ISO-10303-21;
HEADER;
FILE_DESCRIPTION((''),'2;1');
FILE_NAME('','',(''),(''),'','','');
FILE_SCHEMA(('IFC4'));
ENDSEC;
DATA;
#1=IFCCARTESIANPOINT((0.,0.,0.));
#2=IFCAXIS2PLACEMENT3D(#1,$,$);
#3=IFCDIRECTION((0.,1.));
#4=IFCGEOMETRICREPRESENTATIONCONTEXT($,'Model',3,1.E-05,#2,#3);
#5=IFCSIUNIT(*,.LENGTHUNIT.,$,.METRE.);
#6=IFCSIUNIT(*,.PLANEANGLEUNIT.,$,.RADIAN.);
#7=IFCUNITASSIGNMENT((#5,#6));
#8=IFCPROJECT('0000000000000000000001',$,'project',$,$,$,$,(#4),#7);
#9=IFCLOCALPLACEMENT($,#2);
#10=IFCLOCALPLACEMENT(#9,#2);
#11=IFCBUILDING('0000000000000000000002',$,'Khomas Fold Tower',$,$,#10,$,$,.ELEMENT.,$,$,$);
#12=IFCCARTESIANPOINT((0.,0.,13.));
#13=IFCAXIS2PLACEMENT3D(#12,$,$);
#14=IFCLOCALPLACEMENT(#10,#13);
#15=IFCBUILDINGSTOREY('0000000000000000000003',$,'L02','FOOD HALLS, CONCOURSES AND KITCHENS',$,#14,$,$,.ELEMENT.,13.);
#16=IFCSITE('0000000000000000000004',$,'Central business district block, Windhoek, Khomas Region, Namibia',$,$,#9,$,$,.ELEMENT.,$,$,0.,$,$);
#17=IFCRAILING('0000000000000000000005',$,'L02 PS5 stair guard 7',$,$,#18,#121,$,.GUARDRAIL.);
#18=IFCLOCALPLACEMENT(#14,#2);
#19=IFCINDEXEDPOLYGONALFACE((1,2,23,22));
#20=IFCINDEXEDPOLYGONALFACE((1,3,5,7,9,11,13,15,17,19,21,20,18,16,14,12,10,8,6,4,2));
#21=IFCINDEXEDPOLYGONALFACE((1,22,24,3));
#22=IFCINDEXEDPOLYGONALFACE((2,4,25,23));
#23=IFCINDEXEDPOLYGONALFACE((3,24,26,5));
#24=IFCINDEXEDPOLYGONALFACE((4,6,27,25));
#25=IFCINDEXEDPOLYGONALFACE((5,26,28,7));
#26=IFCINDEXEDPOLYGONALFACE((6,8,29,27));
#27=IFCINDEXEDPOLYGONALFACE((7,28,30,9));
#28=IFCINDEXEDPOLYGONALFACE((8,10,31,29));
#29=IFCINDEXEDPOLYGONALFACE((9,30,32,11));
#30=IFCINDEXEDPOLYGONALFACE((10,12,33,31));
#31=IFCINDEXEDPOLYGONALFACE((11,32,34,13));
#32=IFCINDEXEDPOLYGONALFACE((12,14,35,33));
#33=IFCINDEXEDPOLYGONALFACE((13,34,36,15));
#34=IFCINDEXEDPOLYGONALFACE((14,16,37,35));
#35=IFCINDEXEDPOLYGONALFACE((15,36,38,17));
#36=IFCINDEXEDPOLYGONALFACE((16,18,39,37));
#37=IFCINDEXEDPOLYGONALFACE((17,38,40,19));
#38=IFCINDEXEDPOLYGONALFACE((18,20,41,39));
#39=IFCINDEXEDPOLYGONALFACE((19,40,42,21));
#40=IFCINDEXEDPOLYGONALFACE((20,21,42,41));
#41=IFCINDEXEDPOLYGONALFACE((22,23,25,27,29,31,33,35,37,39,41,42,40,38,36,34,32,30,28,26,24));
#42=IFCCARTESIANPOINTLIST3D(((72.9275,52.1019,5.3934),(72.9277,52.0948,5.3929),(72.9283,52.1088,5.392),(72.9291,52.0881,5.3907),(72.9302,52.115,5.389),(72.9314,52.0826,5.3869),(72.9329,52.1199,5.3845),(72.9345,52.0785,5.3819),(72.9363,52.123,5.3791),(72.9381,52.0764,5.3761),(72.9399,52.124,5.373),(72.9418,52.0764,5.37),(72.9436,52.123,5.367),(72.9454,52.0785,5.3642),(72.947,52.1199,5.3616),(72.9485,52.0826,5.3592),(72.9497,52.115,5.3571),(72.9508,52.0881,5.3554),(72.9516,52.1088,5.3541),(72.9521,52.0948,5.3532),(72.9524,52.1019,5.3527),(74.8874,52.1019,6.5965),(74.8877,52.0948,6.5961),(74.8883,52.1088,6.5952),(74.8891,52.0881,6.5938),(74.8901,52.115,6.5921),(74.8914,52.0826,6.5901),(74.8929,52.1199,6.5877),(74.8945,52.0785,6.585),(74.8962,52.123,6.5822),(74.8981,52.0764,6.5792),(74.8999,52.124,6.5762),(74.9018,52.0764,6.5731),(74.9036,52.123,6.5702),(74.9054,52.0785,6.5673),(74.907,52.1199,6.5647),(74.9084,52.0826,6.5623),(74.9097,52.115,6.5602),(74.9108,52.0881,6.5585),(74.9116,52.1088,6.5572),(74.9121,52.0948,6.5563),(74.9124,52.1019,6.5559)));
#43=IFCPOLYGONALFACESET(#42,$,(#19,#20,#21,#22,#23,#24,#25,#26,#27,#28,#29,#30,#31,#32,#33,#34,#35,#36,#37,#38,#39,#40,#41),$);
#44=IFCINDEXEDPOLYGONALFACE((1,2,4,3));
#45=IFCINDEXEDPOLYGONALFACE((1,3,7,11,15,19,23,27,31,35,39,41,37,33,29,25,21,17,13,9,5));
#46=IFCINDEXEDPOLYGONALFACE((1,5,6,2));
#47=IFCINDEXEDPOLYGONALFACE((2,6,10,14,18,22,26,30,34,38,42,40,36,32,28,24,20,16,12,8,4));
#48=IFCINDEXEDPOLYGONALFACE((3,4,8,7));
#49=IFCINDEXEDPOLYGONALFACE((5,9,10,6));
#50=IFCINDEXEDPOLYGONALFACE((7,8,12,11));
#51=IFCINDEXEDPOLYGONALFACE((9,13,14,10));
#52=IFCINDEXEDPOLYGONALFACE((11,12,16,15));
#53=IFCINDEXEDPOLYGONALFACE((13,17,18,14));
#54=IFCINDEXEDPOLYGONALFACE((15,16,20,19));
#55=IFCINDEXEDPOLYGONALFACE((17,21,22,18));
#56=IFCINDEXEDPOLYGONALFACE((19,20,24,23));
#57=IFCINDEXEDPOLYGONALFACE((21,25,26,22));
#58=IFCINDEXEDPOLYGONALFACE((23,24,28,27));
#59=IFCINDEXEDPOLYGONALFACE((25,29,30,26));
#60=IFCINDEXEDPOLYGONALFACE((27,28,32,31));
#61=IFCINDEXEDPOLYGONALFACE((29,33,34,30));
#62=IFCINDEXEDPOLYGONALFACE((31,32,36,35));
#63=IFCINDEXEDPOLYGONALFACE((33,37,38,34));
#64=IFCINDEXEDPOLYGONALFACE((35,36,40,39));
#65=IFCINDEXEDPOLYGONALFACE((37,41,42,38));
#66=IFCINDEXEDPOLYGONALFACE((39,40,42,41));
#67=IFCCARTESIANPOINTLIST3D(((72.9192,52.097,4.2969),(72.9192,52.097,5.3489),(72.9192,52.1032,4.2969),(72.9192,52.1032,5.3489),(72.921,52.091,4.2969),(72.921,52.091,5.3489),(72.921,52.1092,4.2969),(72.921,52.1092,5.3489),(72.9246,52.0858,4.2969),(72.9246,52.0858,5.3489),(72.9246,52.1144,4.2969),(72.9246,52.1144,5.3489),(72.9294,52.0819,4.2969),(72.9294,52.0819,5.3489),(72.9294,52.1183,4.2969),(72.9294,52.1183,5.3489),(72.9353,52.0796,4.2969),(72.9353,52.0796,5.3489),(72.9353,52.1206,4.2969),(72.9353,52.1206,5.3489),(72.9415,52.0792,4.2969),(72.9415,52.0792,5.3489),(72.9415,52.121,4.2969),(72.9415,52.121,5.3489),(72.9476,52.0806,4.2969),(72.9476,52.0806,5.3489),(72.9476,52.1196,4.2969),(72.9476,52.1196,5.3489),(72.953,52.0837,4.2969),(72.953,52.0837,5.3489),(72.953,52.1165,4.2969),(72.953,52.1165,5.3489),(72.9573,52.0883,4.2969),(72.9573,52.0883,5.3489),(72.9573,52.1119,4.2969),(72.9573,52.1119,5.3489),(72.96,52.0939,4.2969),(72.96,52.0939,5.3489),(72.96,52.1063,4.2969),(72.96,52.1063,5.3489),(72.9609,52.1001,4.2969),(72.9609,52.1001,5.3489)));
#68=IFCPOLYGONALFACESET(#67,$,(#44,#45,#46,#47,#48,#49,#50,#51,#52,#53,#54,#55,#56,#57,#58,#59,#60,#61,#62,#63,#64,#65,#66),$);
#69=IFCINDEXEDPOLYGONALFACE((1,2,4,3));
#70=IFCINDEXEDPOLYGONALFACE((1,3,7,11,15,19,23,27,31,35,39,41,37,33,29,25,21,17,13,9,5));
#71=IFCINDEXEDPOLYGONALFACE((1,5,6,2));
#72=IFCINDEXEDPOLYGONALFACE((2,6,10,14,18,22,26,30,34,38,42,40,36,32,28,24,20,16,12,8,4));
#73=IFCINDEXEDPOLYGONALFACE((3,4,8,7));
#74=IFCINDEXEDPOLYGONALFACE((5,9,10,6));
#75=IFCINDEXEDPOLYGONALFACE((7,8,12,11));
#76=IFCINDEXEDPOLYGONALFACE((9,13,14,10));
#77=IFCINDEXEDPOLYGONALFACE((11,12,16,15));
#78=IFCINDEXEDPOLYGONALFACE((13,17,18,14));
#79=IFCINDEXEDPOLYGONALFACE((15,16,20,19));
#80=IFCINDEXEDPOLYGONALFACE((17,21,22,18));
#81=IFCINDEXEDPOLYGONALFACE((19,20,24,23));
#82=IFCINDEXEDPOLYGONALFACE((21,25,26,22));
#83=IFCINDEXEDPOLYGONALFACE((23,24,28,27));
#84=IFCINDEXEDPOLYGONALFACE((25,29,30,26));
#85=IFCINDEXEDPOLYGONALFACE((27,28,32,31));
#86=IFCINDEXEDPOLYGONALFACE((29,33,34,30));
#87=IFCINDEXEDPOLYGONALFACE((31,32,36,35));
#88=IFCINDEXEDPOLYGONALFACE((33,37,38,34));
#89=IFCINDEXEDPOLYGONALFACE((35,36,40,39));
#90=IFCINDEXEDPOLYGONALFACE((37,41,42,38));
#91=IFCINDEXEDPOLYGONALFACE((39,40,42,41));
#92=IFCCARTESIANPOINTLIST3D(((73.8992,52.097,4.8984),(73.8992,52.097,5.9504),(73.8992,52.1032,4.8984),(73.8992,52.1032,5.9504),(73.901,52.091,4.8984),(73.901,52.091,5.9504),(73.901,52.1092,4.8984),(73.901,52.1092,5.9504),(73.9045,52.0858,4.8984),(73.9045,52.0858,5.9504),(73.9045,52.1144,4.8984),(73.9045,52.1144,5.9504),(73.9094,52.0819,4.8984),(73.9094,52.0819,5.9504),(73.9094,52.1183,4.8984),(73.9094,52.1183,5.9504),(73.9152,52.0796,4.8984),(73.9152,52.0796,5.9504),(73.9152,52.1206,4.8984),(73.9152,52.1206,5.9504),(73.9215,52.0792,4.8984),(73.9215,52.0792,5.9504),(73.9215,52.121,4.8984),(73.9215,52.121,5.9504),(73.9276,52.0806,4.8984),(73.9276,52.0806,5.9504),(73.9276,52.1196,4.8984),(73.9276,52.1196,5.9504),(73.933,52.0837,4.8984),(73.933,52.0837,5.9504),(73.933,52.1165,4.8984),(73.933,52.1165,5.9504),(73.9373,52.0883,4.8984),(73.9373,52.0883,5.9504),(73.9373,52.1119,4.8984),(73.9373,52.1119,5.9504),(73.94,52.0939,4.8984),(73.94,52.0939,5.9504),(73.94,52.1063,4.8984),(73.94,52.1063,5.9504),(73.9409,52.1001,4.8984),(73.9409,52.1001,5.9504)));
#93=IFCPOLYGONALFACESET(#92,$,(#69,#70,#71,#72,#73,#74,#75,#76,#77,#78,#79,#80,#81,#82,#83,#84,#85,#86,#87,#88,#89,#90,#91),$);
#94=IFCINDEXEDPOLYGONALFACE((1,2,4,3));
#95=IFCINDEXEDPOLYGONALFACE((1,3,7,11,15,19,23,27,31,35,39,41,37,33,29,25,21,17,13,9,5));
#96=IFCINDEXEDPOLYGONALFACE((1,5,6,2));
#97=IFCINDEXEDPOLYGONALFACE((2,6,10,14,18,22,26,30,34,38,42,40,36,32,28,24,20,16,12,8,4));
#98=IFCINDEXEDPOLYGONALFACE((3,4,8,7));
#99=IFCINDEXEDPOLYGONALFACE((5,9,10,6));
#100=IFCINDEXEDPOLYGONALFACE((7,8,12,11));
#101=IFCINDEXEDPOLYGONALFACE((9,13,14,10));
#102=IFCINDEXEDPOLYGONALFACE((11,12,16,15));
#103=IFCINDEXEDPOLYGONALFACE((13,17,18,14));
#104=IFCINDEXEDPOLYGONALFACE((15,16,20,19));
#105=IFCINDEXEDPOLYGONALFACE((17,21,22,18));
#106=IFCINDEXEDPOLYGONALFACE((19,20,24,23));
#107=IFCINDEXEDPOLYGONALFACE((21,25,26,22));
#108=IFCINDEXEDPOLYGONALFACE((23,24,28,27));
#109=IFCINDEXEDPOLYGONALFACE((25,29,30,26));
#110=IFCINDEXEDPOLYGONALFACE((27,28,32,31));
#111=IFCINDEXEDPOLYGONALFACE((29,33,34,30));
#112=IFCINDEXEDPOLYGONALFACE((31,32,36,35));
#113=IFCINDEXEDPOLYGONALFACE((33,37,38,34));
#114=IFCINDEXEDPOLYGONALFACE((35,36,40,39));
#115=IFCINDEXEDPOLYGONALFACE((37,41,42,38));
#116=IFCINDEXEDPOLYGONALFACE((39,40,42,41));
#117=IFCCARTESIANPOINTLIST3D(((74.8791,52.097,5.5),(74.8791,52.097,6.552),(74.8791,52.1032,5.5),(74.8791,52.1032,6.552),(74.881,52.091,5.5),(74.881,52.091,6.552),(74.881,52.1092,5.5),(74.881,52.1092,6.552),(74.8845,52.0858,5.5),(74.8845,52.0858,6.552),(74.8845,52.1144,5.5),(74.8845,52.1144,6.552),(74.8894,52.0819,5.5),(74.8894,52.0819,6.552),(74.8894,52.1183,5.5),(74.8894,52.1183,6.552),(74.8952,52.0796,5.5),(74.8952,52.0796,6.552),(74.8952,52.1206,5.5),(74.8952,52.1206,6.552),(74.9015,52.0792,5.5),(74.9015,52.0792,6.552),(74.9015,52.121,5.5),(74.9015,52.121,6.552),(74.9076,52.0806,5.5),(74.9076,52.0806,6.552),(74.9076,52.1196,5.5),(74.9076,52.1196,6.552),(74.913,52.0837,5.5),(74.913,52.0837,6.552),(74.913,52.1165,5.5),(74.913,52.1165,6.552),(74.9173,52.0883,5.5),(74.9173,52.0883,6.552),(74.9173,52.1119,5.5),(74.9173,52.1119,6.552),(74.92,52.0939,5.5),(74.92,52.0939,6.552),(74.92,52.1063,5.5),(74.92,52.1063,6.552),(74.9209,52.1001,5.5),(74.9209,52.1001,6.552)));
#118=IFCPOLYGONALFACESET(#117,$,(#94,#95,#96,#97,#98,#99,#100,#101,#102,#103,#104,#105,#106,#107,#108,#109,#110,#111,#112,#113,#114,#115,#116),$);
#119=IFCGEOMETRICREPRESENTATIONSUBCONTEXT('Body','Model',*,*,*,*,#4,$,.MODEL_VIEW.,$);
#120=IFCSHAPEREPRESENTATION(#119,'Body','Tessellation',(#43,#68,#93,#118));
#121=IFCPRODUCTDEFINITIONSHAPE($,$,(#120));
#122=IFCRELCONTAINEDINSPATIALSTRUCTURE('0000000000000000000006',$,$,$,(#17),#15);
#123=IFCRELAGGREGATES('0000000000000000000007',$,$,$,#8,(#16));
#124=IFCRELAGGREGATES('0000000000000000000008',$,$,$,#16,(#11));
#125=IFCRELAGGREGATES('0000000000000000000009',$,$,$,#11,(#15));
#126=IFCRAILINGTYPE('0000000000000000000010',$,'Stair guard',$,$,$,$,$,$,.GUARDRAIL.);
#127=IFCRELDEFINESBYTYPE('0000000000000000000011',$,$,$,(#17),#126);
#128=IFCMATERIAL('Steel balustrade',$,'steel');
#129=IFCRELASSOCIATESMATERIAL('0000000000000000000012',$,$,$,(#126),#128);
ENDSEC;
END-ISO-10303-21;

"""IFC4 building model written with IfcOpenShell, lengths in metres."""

from ifc_helpers import new_model, si_unit, direction, frame, origin, origin_2d, place, context, subcontext, project, spatial, circle, extrude, source, transform, mapped, material, type_object, element, save


model = new_model("IFC4")

# Units and contexts
model_context = context("Model", 3, precision=1e-05, world=origin(), true_north=direction((0.0, 1.0)))
body_context = subcontext(model_context, "Body", "Model", "MODEL_VIEW")
ifc_project = project(units=[si_unit("LENGTHUNIT", "METRE"), si_unit("PLANEANGLEUNIT", "RADIAN")], contexts=[model_context])

# Site, building, storey
site_placement = place(None, origin())
site = spatial("IfcSite", under=ifc_project, at=site_placement, Name="Central business district block, Windhoek, Khomas Region, Namibia", CompositionType="ELEMENT", RefElevation=0.0)
building_placement = place(site_placement, origin())
building = spatial("IfcBuilding", under=site, at=building_placement, Name="Khomas Fold Tower", CompositionType="ELEMENT")
storey_placement = place(building_placement, frame((0.0, 0.0, 13.0)))
storey = spatial("IfcBuildingStorey", under=building, at=storey_placement, Name="L02", Description="FOOD HALLS, CONCOURSES AND KITCHENS", CompositionType="ELEMENT", Elevation=13.0)

# Railing
ifc_material_1 = material(Name="Steel balustrade", Category="steel")
railing_type_1 = type_object("IfcRailingType", Name="Stair guard", PredefinedType="GUARDRAIL", material=ifc_material_1)
shared_shape_1 = source(origin(), body_context, "Body", "SweptSolid", [
    extrude(circle(Radius=0.0239, at=origin_2d()), frame((0.0, 0.0, 1.0762), z_axis=(0.852241, 0.0, 0.523149), x_axis=(0.0, 1.0, 0.0)), (0.0, 0.0, 1.0), 2.2998),
    extrude(circle(Radius=0.021, at=origin_2d()), origin(), (0.0, 0.0, 1.0), 1.052),
    extrude(circle(Radius=0.021, at=origin_2d()), frame((0.98, 0.0, 0.6016)), (0.0, 0.0, 1.0), 1.052),
    extrude(circle(Radius=0.021, at=origin_2d()), frame((1.96, 0.0, 1.2031)), (0.0, 0.0, 1.0), 1.052),
])
for number, where, name in (
    (1, (72.9399, 52.1001, 4.2969), "L02 PS5 stair guard 7"),
):
    element("IfcRailing", number, at=place(storey_placement, frame(where)), inside=storey, type_object=railing_type_1, Name=name, PredefinedType="GUARDRAIL", context=body_context, shape_type="MappedRepresentation", body=[
        mapped(shared_shape_1, transform((0.0, 0.0, 0.0))),
    ])

save(model, "model.ifc")
